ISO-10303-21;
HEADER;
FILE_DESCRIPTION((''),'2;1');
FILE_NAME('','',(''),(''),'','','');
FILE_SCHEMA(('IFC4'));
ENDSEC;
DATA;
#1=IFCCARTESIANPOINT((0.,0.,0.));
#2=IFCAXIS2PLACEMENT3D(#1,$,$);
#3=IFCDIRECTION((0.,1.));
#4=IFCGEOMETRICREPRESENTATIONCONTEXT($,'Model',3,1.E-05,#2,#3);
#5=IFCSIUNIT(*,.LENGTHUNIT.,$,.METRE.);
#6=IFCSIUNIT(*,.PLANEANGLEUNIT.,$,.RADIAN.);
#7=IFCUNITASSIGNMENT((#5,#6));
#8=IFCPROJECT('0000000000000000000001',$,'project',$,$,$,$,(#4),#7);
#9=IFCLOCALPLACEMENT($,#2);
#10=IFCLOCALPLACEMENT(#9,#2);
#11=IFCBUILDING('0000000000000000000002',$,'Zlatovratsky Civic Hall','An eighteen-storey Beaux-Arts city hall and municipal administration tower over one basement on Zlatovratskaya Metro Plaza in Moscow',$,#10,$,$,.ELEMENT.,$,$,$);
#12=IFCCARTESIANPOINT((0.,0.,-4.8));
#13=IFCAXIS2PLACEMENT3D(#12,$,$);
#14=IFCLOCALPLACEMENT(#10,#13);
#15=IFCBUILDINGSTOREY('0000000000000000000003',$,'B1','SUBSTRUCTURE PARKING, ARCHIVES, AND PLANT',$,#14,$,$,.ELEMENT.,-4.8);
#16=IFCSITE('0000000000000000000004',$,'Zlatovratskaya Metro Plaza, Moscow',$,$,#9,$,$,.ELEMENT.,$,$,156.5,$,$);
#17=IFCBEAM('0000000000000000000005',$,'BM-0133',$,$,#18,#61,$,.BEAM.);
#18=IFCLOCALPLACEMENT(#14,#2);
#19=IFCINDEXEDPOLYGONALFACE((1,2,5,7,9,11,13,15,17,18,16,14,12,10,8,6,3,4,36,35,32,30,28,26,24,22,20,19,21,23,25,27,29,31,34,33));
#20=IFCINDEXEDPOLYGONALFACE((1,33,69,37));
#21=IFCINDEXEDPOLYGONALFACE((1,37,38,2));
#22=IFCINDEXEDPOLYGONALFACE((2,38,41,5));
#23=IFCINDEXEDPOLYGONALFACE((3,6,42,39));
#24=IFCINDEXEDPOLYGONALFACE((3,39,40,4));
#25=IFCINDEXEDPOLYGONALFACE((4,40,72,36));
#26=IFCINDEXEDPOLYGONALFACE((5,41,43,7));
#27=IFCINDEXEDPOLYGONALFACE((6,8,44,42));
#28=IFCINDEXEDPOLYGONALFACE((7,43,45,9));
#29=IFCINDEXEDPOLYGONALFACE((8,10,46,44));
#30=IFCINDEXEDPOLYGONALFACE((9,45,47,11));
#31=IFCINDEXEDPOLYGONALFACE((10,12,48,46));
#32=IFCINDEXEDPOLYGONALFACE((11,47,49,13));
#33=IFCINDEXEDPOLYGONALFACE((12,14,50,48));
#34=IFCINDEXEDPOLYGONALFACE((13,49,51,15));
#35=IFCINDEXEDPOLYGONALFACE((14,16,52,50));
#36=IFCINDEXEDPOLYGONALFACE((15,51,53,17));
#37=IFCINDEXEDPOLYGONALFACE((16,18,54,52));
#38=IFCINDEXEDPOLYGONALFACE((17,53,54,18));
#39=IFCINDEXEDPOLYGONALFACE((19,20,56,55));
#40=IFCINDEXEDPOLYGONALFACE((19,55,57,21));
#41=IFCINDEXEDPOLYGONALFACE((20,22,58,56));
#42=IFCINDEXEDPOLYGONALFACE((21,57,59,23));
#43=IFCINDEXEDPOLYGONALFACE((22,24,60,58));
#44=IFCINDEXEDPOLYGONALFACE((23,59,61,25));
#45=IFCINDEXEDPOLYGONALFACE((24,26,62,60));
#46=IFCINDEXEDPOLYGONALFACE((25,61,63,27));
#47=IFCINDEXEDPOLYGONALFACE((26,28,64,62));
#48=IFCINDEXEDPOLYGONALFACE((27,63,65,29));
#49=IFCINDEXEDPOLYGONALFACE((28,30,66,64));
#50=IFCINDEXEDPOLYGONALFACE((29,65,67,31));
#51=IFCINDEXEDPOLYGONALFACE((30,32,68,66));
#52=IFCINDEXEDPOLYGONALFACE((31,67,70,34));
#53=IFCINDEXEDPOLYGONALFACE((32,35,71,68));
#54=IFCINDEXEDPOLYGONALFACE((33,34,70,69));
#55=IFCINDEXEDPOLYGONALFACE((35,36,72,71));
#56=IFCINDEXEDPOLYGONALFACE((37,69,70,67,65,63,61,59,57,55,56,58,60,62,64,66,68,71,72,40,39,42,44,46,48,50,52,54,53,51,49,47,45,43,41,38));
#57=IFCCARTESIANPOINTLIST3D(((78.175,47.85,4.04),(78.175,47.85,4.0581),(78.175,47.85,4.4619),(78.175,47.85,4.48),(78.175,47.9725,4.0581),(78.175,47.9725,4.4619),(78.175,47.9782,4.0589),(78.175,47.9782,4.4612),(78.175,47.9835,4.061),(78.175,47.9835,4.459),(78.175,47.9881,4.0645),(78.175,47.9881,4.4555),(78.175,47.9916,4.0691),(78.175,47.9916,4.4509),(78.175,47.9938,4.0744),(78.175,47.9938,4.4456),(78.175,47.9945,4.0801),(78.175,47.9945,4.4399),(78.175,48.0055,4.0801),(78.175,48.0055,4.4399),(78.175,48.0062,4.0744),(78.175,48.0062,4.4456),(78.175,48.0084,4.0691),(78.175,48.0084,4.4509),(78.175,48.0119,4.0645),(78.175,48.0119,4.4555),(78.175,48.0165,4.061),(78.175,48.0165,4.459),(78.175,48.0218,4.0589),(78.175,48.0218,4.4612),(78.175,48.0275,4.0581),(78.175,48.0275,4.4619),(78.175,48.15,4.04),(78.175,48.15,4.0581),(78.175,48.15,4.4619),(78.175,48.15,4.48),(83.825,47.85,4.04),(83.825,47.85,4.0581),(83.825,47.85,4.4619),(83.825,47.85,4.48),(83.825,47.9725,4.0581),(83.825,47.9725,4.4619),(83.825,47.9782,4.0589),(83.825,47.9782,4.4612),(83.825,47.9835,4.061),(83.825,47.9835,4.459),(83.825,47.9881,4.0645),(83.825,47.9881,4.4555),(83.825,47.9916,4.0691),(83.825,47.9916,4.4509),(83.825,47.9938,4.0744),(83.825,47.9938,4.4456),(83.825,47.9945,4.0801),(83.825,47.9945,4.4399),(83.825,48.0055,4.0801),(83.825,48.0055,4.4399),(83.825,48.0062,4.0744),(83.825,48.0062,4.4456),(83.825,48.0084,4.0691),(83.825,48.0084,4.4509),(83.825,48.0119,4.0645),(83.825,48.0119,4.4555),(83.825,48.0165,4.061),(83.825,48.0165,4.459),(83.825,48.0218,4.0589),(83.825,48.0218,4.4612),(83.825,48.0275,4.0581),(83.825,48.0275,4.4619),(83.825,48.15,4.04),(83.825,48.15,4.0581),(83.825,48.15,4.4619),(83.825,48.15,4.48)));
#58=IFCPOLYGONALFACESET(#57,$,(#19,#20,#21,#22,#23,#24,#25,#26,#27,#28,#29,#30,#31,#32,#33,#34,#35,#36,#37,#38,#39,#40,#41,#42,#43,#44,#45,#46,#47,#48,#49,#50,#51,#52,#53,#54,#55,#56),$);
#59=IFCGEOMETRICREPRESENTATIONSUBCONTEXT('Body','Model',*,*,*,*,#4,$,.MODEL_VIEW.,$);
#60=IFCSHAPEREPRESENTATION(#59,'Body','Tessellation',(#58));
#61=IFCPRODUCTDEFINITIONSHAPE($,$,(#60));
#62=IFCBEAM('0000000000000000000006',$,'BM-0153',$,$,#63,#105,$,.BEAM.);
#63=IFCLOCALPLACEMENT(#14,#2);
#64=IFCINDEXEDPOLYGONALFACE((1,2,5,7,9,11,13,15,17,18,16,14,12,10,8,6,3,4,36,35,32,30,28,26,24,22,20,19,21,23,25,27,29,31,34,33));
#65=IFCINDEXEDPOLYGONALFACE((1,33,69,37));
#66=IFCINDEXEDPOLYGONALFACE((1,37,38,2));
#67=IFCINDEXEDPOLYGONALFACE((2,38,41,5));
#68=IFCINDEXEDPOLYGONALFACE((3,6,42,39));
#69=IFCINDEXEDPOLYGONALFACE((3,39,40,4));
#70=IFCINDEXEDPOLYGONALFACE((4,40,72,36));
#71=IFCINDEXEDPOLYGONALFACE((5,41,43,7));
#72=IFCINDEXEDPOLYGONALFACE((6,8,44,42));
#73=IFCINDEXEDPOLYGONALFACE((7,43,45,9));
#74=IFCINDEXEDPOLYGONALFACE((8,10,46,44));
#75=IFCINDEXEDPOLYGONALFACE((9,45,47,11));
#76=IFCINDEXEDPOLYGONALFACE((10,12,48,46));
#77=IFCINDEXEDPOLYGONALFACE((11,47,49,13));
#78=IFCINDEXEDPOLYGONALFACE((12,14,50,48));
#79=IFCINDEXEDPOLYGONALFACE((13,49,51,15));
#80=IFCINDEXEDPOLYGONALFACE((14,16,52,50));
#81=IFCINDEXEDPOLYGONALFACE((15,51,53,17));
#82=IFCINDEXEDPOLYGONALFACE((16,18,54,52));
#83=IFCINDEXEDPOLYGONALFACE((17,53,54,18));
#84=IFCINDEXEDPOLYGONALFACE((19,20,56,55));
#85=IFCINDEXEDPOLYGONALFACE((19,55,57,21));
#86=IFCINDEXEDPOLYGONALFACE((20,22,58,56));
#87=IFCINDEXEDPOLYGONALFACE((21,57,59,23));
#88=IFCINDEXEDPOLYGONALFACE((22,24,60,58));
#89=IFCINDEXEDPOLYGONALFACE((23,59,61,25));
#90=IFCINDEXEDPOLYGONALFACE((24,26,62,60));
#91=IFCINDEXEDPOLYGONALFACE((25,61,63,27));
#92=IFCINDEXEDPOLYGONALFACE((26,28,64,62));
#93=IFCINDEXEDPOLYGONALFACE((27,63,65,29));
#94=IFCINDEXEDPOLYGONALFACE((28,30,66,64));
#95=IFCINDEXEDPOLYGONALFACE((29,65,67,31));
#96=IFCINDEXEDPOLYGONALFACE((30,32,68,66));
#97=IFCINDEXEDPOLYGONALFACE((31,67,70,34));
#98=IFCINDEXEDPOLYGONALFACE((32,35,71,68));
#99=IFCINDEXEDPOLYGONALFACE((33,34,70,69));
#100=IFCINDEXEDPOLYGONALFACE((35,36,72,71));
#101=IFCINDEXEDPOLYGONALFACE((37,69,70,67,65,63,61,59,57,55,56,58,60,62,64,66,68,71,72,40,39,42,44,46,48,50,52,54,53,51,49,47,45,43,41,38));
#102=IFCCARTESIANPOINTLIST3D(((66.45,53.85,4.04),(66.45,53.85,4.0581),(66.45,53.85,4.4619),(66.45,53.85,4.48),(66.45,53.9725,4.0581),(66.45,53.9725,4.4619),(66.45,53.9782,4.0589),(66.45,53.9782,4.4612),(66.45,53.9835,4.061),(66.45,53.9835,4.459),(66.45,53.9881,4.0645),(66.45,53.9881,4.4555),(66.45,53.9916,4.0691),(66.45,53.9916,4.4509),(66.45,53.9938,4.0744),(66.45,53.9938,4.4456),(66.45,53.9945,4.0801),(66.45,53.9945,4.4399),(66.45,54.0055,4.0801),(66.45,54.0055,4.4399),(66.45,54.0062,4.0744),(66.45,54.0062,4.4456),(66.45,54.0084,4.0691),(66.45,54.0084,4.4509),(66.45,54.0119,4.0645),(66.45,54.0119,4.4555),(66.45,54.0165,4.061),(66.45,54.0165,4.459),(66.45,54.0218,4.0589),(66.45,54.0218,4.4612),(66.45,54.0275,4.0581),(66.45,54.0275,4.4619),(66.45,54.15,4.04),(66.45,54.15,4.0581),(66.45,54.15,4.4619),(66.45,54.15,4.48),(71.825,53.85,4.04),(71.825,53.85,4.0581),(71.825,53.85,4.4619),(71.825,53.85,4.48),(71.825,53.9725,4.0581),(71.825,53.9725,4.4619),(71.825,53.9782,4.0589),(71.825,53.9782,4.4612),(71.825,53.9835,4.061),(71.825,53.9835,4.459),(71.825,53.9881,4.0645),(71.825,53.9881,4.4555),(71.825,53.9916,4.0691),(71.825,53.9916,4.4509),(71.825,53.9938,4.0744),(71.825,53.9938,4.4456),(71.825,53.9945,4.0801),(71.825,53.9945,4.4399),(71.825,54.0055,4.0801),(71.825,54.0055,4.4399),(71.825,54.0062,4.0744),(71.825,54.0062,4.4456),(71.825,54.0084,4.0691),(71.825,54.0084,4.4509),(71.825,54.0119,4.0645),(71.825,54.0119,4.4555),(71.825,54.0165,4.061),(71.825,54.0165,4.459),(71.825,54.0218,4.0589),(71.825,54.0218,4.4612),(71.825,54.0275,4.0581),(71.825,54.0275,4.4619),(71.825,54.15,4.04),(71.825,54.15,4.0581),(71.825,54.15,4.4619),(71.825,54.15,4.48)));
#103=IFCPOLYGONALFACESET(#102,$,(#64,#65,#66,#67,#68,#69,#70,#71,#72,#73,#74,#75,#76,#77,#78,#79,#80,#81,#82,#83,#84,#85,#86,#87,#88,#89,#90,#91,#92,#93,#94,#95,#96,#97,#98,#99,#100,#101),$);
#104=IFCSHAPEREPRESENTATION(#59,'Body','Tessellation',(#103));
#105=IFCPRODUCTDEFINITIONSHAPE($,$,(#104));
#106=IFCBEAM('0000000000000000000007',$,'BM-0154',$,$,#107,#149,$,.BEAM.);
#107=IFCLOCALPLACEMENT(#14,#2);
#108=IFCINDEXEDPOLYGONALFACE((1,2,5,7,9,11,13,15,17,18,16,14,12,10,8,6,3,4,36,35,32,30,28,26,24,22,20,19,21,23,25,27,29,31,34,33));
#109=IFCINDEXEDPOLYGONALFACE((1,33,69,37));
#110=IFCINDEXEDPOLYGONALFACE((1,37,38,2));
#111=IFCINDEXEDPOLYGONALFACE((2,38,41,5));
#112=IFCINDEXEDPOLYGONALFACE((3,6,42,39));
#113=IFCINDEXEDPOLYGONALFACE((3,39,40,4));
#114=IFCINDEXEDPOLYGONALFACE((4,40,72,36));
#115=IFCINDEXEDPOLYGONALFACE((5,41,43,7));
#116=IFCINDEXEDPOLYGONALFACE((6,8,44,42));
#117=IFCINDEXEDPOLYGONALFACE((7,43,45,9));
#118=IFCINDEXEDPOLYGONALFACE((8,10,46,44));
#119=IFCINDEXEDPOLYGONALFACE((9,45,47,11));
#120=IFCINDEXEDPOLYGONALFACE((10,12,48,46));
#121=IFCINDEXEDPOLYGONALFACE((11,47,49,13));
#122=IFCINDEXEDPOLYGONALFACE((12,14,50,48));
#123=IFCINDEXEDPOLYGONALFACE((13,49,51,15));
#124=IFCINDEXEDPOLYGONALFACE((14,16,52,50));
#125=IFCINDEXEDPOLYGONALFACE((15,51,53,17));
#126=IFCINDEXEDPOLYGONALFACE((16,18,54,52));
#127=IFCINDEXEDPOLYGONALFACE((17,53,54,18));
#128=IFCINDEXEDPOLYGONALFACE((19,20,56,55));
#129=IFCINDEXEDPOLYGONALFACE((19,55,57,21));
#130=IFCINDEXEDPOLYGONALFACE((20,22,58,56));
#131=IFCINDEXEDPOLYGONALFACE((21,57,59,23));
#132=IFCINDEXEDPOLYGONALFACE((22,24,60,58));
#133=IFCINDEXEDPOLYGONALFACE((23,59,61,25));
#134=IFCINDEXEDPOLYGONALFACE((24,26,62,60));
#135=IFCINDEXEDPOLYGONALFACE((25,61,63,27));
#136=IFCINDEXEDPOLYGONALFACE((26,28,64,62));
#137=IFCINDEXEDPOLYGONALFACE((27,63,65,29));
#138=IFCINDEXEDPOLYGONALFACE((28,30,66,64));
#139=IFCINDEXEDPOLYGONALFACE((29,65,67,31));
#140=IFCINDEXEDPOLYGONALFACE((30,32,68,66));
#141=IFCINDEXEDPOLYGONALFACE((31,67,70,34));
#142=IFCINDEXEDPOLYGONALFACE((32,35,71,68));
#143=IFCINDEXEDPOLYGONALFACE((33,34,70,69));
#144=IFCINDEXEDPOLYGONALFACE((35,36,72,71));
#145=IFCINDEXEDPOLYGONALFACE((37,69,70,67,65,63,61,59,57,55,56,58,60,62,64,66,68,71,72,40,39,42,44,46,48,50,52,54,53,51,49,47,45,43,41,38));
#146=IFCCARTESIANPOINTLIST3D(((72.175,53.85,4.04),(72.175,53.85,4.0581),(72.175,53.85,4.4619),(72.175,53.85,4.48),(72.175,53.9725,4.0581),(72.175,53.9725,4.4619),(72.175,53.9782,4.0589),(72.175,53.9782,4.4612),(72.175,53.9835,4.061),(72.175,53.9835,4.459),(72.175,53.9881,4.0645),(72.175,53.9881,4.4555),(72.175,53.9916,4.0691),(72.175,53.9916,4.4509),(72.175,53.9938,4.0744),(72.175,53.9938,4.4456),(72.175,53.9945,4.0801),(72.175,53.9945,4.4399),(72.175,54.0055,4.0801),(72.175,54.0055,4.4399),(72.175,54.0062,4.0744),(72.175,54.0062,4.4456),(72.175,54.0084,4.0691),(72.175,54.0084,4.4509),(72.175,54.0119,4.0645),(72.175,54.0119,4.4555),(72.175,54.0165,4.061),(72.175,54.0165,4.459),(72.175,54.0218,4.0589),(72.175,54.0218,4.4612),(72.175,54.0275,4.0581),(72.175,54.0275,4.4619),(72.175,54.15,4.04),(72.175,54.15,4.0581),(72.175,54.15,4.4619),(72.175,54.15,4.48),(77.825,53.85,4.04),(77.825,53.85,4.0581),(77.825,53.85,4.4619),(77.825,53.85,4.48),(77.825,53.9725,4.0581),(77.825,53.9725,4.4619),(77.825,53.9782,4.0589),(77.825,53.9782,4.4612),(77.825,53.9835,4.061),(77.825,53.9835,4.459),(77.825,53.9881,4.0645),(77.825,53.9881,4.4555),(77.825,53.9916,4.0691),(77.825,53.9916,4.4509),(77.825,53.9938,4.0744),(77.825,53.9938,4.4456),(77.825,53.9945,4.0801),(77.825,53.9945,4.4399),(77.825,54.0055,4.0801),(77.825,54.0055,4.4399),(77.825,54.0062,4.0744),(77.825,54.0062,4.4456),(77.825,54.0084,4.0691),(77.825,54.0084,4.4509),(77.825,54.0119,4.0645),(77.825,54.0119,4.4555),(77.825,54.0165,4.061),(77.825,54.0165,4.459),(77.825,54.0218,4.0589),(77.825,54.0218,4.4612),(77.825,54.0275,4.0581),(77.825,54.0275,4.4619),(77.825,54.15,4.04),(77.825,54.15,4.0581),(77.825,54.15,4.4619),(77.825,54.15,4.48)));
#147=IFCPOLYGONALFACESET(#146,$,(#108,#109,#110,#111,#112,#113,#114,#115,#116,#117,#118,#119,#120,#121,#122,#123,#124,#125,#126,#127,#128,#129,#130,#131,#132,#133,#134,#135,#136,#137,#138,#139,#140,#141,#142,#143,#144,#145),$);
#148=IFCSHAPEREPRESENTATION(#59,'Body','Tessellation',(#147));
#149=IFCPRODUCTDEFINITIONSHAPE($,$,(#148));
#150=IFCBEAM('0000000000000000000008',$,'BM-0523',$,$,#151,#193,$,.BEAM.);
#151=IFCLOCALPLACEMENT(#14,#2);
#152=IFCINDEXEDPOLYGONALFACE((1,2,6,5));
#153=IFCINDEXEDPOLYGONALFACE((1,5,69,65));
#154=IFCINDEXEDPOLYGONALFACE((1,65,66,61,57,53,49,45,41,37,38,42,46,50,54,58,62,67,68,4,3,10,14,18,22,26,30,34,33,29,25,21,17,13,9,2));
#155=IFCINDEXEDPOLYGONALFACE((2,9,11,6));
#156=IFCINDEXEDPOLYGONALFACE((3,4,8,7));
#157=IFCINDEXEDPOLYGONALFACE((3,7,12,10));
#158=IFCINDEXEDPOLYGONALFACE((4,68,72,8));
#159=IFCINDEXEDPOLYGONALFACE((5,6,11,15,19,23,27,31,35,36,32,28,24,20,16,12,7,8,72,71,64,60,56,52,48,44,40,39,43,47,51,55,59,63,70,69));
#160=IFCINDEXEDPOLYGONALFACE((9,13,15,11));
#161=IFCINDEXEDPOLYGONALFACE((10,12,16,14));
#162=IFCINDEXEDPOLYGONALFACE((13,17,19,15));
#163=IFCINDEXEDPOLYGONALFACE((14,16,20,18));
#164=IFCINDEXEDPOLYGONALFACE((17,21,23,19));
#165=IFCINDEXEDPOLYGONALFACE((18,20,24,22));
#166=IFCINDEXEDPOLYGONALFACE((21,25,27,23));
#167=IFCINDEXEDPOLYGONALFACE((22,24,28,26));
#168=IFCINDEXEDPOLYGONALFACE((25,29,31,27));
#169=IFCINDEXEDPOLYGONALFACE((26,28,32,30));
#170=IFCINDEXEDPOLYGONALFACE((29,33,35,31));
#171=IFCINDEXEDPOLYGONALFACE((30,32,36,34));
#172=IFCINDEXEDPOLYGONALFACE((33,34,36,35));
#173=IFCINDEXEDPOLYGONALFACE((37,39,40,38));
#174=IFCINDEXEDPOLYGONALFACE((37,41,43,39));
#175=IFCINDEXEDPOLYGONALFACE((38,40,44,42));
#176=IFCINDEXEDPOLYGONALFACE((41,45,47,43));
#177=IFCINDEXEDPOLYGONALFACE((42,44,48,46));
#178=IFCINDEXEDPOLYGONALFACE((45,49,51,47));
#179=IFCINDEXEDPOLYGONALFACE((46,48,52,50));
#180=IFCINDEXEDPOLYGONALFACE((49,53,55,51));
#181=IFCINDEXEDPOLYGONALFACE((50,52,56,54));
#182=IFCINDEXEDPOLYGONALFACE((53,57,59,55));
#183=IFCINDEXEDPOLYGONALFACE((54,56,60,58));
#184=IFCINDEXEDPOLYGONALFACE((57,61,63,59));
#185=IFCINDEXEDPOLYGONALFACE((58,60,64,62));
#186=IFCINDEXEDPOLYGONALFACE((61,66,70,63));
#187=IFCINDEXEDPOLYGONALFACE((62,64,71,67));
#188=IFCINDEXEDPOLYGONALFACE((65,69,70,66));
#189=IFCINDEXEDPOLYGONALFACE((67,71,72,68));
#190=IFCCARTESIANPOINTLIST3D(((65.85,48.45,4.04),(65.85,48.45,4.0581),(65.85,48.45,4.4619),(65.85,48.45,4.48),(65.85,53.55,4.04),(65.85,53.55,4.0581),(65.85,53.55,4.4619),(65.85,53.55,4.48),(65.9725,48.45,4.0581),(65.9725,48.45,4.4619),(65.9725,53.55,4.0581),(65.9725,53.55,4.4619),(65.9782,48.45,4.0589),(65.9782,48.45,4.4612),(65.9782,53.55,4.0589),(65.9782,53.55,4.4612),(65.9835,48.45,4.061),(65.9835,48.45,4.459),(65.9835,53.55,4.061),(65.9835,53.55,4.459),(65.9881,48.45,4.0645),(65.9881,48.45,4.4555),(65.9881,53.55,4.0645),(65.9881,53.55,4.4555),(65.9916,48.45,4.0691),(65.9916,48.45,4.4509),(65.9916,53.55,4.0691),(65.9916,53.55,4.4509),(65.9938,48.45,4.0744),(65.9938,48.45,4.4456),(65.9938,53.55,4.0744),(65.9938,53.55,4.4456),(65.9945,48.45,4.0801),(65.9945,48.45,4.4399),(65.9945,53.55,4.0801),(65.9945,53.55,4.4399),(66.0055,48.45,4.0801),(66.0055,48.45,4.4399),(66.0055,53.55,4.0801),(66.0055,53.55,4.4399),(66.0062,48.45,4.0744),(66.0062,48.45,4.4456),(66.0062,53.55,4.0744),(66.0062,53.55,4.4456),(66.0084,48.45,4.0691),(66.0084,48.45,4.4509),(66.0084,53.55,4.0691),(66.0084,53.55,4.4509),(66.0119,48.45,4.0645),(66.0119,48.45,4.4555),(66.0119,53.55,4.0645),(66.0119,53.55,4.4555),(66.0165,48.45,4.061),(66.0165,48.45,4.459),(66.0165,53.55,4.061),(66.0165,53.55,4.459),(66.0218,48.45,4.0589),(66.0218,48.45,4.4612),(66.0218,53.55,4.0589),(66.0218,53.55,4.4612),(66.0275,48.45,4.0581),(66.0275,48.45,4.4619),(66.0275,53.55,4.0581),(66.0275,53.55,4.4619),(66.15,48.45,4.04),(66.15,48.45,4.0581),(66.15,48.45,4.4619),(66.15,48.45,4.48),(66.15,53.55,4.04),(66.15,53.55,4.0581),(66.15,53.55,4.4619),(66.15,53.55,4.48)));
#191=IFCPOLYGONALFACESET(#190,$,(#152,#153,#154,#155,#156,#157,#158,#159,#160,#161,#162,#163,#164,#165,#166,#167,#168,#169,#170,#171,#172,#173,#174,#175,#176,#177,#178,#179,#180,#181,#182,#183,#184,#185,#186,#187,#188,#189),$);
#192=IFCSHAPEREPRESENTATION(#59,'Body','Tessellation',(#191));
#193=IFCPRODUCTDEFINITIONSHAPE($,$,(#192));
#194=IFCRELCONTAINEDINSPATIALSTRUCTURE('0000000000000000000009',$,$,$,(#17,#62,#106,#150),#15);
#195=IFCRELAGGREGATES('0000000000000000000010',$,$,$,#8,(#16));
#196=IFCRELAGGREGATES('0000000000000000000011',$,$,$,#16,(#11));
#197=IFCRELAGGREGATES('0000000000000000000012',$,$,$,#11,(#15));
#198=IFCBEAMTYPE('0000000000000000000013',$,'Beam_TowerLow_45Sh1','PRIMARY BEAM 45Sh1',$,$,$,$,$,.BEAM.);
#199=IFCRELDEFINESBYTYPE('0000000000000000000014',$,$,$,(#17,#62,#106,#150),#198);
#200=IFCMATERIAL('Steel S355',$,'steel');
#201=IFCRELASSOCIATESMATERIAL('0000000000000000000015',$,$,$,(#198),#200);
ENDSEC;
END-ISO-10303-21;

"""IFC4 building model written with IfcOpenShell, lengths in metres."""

from ifc_helpers import new_model, si_unit, direction, frame, origin, origin_2d, place, context, subcontext, project, spatial, i_section, extrude, material, material_profile, profile_set, type_object, element, save


model = new_model("IFC4")

# Units and contexts
model_context = context("Model", 3, precision=1e-05, world=origin(), true_north=direction((0.0, 1.0)))
body_context = subcontext(model_context, "Body", "Model", "MODEL_VIEW")
ifc_project = project(units=[si_unit("LENGTHUNIT", "METRE"), si_unit("PLANEANGLEUNIT", "RADIAN")], contexts=[model_context])

# Site, building, storey
site_placement = place(None, origin())
site = spatial("IfcSite", under=ifc_project, at=site_placement, Name="Zlatovratskaya Metro Plaza, Moscow", CompositionType="ELEMENT", RefElevation=156.5)
building_placement = place(site_placement, origin())
building = spatial("IfcBuilding", under=site, at=building_placement, Name="Zlatovratsky Civic Hall", Description="An eighteen-storey Beaux-Arts city hall and municipal administration tower over one basement on Zlatovratskaya Metro Plaza in Moscow", CompositionType="ELEMENT")
storey_placement = place(building_placement, frame((0.0, 0.0, -4.8)))
storey = spatial("IfcBuildingStorey", under=building, at=storey_placement, Name="B1", Description="SUBSTRUCTURE PARKING, ARCHIVES, AND PLANT", CompositionType="ELEMENT", Elevation=-4.8)

# Shared definitions
ifc_material_1 = material(Name="Steel S355", Category="steel")

# Beams
ifc_material_profile_1 = material_profile(ifc_material_1, i_section(OverallWidth=0.3, OverallDepth=0.4399, WebThickness=0.011, FlangeThickness=0.0181, FilletRadius=0.022, at=origin_2d()), Name="45Sh1")
ifc_profile_set_1 = profile_set([ifc_material_profile_1], Name="Steel S355")
beam_type = type_object("IfcBeamType", Name="Beam_TowerLow_45Sh1", Description="PRIMARY BEAM 45Sh1", PredefinedType="BEAM", material=ifc_profile_set_1)
for number, where, z_axis, x_axis, name in (
    (1, (78.175, 48.0, 4.26), (1.0, 0.0, 0.0), (0.0, 1.0, 0.0), "BM-0133"),
):
    element("IfcBeam", number, at=place(storey_placement, frame(where, z_axis=z_axis, x_axis=x_axis)), inside=storey, type_object=beam_type, Name=name, PredefinedType="BEAM", context=body_context, shape_type="SweptSolid", body=[
        extrude(i_section(OverallWidth=0.3, OverallDepth=0.4399, WebThickness=0.011, FlangeThickness=0.0181, FilletRadius=0.022, at=origin_2d()), origin(), (0.0, 0.0, 1.0), 5.6499),
    ])
beam_1_placement = place(storey_placement, frame((66.45, 54.0, 4.26), z_axis=(1.0, 0.0, 0.0), x_axis=(0.0, 1.0, 0.0)))
element("IfcBeam", 2, at=beam_1_placement, inside=storey, type_object=beam_type, Name="BM-0153", PredefinedType="BEAM", context=body_context, shape_type="SweptSolid", body=[
    extrude(i_section(OverallWidth=0.3, OverallDepth=0.4399, WebThickness=0.011, FlangeThickness=0.0181, FilletRadius=0.022, at=origin_2d()), origin(), (0.0, 0.0, 1.0), 5.375),
])
beam_2_placement = place(storey_placement, frame((72.175, 54.0, 4.26), z_axis=(1.0, 0.0, 0.0), x_axis=(0.0, 1.0, 0.0)))
element("IfcBeam", 3, at=beam_2_placement, inside=storey, type_object=beam_type, Name="BM-0154", PredefinedType="BEAM", context=body_context, shape_type="SweptSolid", body=[
    extrude(i_section(OverallWidth=0.3, OverallDepth=0.4399, WebThickness=0.011, FlangeThickness=0.0181, FilletRadius=0.022, at=origin_2d()), origin(), (0.0, 0.0, 1.0), 5.6499),
])
beam_3_placement = place(storey_placement, frame((66.0, 48.45, 4.26), z_axis=(0.0, 1.0, 0.0), x_axis=(-1.0, 0.0, 0.0)))
element("IfcBeam", 4, at=beam_3_placement, inside=storey, type_object=beam_type, Name="BM-0523", PredefinedType="BEAM", context=body_context, shape_type="SweptSolid", body=[
    extrude(i_section(OverallWidth=0.3, OverallDepth=0.4399, WebThickness=0.011, FlangeThickness=0.0181, FilletRadius=0.022, at=origin_2d()), origin(), (0.0, 0.0, 1.0), 5.1001),
])

save(model, "model.ifc")
